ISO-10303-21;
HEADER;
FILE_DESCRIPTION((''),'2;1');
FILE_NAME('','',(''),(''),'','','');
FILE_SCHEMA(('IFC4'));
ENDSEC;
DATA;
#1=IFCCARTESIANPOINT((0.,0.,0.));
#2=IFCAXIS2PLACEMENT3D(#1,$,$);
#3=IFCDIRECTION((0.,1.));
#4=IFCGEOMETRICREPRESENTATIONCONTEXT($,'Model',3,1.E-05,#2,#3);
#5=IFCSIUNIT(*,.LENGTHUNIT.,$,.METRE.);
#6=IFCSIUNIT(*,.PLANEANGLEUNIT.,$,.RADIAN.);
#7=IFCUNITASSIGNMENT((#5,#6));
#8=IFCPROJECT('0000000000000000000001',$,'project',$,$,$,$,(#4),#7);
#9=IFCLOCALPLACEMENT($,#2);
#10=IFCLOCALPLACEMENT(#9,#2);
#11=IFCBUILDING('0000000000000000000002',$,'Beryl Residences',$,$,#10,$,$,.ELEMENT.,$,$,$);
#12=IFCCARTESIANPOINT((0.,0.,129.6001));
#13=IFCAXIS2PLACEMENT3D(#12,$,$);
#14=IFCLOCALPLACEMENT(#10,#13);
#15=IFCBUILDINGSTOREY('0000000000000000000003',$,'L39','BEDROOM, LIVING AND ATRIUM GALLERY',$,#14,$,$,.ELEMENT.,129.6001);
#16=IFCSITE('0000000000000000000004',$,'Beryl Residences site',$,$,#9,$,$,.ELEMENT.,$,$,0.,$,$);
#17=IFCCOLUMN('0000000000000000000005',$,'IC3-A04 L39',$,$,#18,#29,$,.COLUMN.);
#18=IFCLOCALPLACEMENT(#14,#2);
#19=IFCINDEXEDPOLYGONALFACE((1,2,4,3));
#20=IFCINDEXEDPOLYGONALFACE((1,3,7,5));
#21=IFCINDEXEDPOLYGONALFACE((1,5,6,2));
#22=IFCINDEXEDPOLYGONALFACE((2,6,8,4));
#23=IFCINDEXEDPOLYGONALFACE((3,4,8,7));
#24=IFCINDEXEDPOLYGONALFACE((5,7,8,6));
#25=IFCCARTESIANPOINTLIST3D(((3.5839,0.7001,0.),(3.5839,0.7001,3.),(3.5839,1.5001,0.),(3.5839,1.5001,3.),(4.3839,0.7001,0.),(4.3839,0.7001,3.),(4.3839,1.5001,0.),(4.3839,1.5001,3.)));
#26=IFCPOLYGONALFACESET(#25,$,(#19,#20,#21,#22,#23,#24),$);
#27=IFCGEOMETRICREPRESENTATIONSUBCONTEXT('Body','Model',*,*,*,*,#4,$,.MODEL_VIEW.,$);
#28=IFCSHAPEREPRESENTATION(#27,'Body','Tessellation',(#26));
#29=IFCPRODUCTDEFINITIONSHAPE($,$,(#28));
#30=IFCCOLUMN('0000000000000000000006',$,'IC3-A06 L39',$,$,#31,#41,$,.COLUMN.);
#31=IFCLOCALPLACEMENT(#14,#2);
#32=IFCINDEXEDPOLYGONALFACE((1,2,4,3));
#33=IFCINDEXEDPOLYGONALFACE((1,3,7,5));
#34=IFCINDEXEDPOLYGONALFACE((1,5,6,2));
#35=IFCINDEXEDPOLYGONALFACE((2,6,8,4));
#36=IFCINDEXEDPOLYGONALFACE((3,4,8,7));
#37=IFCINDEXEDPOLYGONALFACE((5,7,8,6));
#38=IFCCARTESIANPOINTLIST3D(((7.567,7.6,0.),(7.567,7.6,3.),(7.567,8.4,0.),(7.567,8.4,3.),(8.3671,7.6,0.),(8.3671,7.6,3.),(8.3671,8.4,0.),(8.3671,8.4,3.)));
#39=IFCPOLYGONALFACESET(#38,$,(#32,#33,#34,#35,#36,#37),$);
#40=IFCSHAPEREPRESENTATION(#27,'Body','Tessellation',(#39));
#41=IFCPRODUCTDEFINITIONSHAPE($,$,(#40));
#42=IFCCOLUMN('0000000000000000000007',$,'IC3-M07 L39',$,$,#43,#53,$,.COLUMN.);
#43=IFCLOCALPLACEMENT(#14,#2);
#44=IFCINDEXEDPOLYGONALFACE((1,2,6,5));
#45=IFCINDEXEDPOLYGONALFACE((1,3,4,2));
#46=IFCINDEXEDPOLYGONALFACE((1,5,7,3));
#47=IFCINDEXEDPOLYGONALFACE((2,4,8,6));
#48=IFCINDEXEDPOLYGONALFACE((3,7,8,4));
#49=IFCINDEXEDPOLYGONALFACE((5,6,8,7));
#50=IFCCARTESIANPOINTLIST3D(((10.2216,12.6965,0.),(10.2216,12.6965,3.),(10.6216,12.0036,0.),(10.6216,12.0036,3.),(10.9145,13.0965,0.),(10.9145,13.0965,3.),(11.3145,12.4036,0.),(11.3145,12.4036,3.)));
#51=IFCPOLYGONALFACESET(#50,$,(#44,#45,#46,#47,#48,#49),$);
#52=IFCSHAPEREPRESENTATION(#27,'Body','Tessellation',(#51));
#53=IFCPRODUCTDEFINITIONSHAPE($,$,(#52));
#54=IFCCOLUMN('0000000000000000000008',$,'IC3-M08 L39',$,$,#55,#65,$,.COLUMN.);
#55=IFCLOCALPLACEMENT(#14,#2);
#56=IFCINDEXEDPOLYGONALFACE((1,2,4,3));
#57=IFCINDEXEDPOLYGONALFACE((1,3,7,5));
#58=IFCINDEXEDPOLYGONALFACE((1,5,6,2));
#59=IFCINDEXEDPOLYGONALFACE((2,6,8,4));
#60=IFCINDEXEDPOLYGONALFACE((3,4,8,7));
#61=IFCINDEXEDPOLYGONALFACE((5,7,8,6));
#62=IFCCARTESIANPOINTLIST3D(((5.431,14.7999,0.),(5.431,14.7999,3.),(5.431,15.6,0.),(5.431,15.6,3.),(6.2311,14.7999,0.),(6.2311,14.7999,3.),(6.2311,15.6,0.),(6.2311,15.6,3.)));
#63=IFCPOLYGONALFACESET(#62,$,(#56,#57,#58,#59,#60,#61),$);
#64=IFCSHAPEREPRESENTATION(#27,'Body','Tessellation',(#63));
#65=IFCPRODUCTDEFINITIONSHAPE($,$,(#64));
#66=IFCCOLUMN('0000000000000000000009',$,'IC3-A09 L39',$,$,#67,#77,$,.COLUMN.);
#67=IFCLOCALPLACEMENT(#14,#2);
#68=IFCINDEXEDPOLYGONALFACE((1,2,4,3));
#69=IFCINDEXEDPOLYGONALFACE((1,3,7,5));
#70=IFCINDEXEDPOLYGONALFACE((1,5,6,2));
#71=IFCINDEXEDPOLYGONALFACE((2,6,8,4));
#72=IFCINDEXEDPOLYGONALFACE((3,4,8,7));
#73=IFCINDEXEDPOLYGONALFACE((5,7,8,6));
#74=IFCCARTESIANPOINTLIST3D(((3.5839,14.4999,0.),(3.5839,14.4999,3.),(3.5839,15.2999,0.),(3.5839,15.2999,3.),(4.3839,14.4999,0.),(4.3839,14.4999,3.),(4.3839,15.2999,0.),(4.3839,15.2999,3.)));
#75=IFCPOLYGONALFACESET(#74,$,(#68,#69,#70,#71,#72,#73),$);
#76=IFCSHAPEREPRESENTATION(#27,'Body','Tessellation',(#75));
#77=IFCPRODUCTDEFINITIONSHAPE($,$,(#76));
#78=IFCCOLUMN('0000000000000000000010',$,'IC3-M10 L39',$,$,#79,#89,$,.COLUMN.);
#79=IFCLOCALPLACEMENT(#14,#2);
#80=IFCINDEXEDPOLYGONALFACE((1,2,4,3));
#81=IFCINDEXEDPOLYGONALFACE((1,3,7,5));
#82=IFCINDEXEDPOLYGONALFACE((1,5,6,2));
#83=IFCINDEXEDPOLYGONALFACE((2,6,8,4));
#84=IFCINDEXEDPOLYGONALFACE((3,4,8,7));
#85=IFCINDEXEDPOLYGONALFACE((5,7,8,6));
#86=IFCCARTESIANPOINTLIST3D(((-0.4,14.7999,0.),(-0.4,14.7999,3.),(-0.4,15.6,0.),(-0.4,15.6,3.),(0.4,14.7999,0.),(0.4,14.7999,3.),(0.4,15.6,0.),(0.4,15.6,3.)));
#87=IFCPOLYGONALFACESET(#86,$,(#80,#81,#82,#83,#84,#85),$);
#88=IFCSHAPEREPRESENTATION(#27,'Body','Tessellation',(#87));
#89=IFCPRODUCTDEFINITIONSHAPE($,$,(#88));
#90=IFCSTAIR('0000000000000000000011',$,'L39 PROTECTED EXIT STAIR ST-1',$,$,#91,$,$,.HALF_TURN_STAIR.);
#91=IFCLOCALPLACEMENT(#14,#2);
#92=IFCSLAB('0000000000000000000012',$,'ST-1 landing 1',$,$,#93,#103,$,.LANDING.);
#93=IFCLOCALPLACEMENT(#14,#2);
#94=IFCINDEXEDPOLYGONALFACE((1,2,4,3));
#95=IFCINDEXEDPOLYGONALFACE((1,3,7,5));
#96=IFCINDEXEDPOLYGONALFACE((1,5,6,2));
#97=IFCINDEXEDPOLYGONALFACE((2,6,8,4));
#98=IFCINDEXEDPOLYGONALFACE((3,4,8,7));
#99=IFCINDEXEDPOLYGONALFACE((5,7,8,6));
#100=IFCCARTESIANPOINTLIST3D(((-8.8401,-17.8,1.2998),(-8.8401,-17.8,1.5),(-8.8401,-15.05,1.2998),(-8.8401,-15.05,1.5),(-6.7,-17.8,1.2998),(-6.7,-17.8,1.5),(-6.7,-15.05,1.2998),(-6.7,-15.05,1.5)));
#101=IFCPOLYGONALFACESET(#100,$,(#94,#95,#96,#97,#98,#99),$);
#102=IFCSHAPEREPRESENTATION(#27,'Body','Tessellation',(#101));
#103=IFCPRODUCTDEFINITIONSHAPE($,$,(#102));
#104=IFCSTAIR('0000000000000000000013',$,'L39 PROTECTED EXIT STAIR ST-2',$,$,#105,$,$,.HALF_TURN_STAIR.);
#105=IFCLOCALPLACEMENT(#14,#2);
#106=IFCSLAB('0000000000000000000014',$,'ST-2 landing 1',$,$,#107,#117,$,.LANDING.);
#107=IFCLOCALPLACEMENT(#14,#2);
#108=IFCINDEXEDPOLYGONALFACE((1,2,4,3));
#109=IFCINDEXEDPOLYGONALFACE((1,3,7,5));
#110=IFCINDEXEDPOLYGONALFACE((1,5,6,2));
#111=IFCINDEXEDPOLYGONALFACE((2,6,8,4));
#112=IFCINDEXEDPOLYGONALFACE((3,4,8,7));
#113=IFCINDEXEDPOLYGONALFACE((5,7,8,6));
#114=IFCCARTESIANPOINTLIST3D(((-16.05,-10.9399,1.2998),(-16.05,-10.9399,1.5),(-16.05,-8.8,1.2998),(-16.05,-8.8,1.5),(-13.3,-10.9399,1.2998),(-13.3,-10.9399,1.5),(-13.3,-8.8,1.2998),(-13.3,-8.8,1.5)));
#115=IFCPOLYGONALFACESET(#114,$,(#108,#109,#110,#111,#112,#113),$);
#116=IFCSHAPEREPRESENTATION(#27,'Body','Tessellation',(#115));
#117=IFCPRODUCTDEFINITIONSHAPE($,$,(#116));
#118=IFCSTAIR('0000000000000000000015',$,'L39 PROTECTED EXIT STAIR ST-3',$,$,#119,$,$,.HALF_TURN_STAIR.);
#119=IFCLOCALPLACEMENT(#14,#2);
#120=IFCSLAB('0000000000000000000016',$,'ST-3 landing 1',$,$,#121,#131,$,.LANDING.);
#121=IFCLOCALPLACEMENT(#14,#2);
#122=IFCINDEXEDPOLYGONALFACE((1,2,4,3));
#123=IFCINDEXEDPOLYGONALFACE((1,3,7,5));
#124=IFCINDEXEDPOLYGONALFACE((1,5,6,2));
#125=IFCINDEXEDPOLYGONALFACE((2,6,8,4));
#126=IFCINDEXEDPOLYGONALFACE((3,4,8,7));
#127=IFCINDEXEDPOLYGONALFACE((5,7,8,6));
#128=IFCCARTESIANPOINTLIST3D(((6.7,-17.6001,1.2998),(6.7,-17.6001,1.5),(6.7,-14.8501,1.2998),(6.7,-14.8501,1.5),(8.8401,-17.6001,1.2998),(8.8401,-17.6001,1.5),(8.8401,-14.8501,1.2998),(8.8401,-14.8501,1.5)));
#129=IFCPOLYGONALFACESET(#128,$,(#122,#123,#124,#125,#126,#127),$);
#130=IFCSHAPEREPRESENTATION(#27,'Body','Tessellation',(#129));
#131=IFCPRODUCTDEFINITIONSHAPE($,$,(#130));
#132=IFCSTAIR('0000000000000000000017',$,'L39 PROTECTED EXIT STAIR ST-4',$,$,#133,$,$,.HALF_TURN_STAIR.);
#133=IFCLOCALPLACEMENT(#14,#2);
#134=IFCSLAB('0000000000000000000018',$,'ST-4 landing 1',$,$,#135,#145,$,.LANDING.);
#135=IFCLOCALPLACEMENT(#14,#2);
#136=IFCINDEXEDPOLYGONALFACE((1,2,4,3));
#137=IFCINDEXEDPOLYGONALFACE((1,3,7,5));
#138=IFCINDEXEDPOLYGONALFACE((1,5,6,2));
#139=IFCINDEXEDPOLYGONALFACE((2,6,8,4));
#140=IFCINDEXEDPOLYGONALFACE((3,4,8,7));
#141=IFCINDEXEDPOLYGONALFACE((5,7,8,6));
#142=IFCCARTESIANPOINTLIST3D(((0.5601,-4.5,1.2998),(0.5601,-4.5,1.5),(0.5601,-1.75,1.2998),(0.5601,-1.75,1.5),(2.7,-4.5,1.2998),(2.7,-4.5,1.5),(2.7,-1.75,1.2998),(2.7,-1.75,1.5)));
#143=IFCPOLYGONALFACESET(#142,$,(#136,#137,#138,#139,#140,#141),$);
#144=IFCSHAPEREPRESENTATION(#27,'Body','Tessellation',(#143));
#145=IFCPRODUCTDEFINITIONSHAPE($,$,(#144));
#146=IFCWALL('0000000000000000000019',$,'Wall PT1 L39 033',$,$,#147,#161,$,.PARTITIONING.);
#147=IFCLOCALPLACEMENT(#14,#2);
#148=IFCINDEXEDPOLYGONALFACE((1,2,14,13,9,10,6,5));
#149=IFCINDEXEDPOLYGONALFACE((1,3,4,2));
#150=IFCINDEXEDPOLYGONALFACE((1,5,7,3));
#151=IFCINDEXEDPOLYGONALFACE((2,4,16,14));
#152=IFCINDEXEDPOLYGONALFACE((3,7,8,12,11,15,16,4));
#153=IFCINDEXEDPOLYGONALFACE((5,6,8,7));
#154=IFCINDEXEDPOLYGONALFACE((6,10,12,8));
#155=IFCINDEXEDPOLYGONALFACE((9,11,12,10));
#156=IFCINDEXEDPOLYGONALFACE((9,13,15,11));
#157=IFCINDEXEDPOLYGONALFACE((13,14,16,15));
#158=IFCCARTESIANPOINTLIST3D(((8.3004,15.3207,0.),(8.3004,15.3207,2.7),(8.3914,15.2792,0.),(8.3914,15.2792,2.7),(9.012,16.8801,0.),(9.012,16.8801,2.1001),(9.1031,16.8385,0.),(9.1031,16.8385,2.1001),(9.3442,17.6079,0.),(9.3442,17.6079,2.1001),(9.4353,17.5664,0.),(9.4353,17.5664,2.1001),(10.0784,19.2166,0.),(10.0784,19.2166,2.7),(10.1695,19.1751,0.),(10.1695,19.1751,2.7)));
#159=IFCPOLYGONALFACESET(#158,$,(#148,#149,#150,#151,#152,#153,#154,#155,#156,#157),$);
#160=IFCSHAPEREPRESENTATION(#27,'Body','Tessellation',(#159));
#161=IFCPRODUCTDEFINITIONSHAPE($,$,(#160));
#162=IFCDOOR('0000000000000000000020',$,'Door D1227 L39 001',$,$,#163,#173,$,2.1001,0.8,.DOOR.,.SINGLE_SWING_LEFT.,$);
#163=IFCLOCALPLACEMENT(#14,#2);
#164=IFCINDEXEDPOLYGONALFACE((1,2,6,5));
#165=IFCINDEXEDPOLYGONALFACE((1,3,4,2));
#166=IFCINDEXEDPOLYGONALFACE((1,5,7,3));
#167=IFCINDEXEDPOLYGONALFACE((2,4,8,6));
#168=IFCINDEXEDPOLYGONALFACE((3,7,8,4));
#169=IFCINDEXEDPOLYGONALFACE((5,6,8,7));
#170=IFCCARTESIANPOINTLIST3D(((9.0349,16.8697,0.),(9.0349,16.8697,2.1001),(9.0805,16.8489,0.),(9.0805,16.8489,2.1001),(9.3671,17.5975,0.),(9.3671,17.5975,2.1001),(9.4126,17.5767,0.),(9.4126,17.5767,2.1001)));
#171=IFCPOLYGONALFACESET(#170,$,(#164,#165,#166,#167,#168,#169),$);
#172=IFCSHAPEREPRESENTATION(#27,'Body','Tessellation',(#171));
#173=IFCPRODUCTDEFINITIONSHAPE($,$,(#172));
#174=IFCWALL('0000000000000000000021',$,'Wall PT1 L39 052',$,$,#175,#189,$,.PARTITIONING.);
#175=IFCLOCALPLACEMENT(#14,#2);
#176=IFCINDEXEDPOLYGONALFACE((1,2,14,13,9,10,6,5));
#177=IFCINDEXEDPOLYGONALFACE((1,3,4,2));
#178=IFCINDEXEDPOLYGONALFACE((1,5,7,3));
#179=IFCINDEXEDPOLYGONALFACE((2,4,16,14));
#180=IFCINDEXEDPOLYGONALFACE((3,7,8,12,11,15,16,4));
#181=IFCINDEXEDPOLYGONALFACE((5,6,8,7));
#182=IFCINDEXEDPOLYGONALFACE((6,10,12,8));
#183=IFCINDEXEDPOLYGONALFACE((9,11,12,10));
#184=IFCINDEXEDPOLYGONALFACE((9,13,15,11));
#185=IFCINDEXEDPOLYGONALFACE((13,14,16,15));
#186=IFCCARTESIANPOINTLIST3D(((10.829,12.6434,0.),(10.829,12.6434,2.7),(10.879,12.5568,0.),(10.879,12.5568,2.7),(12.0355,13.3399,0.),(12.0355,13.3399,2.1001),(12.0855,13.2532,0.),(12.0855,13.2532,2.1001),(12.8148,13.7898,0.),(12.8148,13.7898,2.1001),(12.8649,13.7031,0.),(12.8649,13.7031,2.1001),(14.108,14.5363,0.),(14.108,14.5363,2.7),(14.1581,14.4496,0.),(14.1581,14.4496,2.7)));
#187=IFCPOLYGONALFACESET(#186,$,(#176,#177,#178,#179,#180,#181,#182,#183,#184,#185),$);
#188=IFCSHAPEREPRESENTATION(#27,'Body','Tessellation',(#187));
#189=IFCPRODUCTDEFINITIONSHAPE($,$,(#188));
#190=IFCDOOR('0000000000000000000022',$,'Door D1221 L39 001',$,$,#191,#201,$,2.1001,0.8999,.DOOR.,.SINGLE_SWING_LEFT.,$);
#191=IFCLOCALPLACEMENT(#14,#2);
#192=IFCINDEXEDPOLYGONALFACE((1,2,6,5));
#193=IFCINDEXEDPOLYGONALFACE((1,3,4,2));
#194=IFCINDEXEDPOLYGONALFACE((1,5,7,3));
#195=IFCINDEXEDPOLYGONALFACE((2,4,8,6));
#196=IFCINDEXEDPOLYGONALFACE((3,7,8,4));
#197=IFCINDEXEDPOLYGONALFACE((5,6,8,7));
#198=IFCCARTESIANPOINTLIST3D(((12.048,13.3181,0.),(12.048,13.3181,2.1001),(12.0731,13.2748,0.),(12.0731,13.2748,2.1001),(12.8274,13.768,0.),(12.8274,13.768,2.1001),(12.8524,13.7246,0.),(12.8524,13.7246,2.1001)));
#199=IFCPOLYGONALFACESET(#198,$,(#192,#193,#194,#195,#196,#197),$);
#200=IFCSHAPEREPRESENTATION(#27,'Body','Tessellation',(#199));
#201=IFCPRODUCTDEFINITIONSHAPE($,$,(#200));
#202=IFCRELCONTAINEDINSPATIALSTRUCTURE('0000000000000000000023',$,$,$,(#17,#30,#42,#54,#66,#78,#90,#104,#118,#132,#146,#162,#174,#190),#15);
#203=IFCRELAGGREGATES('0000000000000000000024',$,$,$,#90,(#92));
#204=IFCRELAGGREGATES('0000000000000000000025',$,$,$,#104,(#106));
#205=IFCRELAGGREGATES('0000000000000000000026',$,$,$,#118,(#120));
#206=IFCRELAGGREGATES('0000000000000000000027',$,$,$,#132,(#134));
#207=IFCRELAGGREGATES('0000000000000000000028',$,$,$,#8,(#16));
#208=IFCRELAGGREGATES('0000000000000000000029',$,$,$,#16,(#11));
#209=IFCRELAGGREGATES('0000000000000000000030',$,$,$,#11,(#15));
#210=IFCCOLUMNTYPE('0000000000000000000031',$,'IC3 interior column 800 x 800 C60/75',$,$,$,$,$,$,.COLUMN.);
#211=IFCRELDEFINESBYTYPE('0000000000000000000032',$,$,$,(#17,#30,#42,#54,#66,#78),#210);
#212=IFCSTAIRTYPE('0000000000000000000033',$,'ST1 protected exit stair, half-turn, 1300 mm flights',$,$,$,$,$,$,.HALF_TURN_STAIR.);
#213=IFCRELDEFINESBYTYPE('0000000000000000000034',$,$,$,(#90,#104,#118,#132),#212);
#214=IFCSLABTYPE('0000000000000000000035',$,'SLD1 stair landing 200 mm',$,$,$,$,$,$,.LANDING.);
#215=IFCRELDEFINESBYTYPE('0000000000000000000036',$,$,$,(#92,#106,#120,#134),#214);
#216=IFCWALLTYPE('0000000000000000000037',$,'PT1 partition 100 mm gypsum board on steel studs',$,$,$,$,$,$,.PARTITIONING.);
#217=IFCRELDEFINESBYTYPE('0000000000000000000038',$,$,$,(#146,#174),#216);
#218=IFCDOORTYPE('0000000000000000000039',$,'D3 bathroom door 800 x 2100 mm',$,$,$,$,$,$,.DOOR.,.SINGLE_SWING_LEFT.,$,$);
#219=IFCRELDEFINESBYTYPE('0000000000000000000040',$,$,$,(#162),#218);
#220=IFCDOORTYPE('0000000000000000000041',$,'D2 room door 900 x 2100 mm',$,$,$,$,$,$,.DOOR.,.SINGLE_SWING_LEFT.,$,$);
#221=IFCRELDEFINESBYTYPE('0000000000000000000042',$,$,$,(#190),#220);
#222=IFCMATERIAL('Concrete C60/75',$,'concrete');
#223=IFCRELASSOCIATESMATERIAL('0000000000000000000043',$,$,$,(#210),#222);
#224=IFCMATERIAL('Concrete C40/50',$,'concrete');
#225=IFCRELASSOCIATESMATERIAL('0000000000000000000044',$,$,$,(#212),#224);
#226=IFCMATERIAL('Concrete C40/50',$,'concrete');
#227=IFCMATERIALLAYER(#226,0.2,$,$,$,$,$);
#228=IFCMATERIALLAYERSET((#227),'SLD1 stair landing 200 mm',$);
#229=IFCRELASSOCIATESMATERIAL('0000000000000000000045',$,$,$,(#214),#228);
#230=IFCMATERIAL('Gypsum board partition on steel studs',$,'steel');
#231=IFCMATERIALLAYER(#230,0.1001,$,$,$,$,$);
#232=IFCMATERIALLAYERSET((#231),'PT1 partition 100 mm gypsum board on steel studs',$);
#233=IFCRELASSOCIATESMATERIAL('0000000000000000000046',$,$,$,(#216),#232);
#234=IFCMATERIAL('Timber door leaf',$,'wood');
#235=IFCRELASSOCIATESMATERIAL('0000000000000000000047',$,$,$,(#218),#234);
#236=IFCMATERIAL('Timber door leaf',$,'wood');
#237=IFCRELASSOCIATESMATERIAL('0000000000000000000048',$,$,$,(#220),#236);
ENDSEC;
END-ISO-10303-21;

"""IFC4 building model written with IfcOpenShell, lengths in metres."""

from ifc_helpers import new_model, si_unit, direction, frame, frame_2d, origin, origin_2d, place, context, subcontext, project, spatial, polyline, rectangle, outline, extrude, material, layer, layer_set, material_profile, profile_set, type_object, element, fill, aggregate, save


model = new_model("IFC4")

# Units and contexts
model_context = context("Model", 3, precision=1e-05, world=origin(), true_north=direction((0.0, 1.0)))
body_context = subcontext(model_context, "Body", "Model", "MODEL_VIEW")
ifc_project = project(units=[si_unit("LENGTHUNIT", "METRE"), si_unit("PLANEANGLEUNIT", "RADIAN")], contexts=[model_context])

# Site, building, storey
site_placement = place(None, origin())
site = spatial("IfcSite", under=ifc_project, at=site_placement, Name="Beryl Residences site", CompositionType="ELEMENT", RefElevation=0.0)
building_placement = place(site_placement, origin())
building = spatial("IfcBuilding", under=site, at=building_placement, Name="Beryl Residences", CompositionType="ELEMENT")
storey_placement = place(building_placement, frame((0.0, 0.0, 129.6001)))
storey = spatial("IfcBuildingStorey", under=building, at=storey_placement, Name="L39", Description="BEDROOM, LIVING AND ATRIUM GALLERY", CompositionType="ELEMENT", Elevation=129.6001)

# Columns
ifc_material_1 = material(Name="Concrete C60/75", Category="concrete")
ifc_material_profile = material_profile(ifc_material_1, rectangle(XDim=0.8, YDim=0.8, at=origin_2d()))
ifc_profile_set = profile_set([ifc_material_profile], Name="Concrete C60/75")
column_type = type_object("IfcColumnType", Name="IC3 interior column 800 x 800 C60/75", PredefinedType="COLUMN", material=ifc_profile_set)
for number, where, z_axis, x_axis, name in (
    (1, (3.9839, 1.1001, 0.0), (0.0, 0.0, 1.0), (1.0, 0.0, 0.0), "IC3-A04 L39"),
    (2, (7.967, 8.0, 0.0), (0.0, 0.0, 1.0), (1.0, 0.0, 0.0), "IC3-A06 L39"),
    (3, (10.7681, 12.55, 0.0), (0.0, 0.0, 1.0), (-0.5, 0.866025, 0.0), "IC3-M07 L39"),
    (4, (5.8311, 15.2, 0.0), (0.0, 0.0, 1.0), (-1.0, 0.0, 0.0), "IC3-M08 L39"),
    (5, (3.9839, 14.8999, 0.0), (0.0, 0.0, 1.0), (1.0, 0.0, 0.0), "IC3-A09 L39"),
    (6, (0.0, 15.2, 0.0), (0.0, 0.0, 1.0), (-1.0, 0.0, 0.0), "IC3-M10 L39"),
):
    element("IfcColumn", number, at=place(storey_placement, frame(where, z_axis=z_axis, x_axis=x_axis)), inside=storey, type_object=column_type, Name=name, PredefinedType="COLUMN", context=body_context, shape_type="SweptSolid", body=[
        extrude(rectangle(XDim=0.8, YDim=0.8, at=origin_2d()), origin(), (0.0, 0.0, 1.0), 3.0),
    ])

# Stairs, slabs
ifc_material_2 = material(Name="Concrete C40/50", Category="concrete")
stair_type = type_object("IfcStairType", Name="ST1 protected exit stair, half-turn, 1300 mm flights", PredefinedType="HALF_TURN_STAIR", material=ifc_material_2)
stair_1_placement = place(storey_placement, origin())
stair_1 = element("IfcStair", 7, at=stair_1_placement, inside=storey, type_object=stair_type, Name="L39 PROTECTED EXIT STAIR ST-1", PredefinedType="HALF_TURN_STAIR")
ifc_material_3 = material(Name="Concrete C40/50", Category="concrete")
ifc_layer_1 = layer(ifc_material_3, 0.2)
ifc_layer_set_1 = layer_set([ifc_layer_1], Name="SLD1 stair landing 200 mm")
slab_type_1 = type_object("IfcSlabType", Name="SLD1 stair landing 200 mm", PredefinedType="LANDING", material=ifc_layer_set_1)
slab_1_placement = place(storey_placement, frame((0.0, 0.0, 1.2998)))
slab_1 = element("IfcSlab", 8, at=slab_1_placement, type_object=slab_type_1, Name="ST-1 landing 1", PredefinedType="LANDING", context=body_context, shape_type="SweptSolid", body=[
    extrude(outline(polyline([(-8.8401, -17.8), (-6.7, -17.8), (-6.7, -15.05), (-8.8401, -15.05), (-8.8401, -17.8)])), origin(), (0.0, 0.0, 1.0), 0.2002),
])
aggregate(stair_1, [slab_1])
stair_2_placement = place(storey_placement, origin())
stair_2 = element("IfcStair", 9, at=stair_2_placement, inside=storey, type_object=stair_type, Name="L39 PROTECTED EXIT STAIR ST-2", PredefinedType="HALF_TURN_STAIR")
slab_2_placement = place(storey_placement, frame((0.0, 0.0, 1.2998)))
slab_2 = element("IfcSlab", 10, at=slab_2_placement, type_object=slab_type_1, Name="ST-2 landing 1", PredefinedType="LANDING", context=body_context, shape_type="SweptSolid", body=[
    extrude(outline(polyline([(-13.3, -10.9399), (-13.3, -8.8), (-16.05, -8.8), (-16.05, -10.9399), (-13.3, -10.9399)])), origin(), (0.0, 0.0, 1.0), 0.2002),
])
aggregate(stair_2, [slab_2])
stair_3_placement = place(storey_placement, origin())
stair_3 = element("IfcStair", 11, at=stair_3_placement, inside=storey, type_object=stair_type, Name="L39 PROTECTED EXIT STAIR ST-3", PredefinedType="HALF_TURN_STAIR")
slab_3_placement = place(storey_placement, frame((0.0, 0.0, 1.2998)))
slab_3 = element("IfcSlab", 12, at=slab_3_placement, type_object=slab_type_1, Name="ST-3 landing 1", PredefinedType="LANDING", context=body_context, shape_type="SweptSolid", body=[
    extrude(outline(polyline([(8.8401, -14.8501), (6.7, -14.8501), (6.7, -17.6001), (8.8401, -17.6001), (8.8401, -14.8501)])), origin(), (0.0, 0.0, 1.0), 0.2002),
])
aggregate(stair_3, [slab_3])
stair_4_placement = place(storey_placement, origin())
stair_4 = element("IfcStair", 13, at=stair_4_placement, inside=storey, type_object=stair_type, Name="L39 PROTECTED EXIT STAIR ST-4", PredefinedType="HALF_TURN_STAIR")
slab_4_placement = place(storey_placement, frame((0.0, 0.0, 1.2998)))
slab_4 = element("IfcSlab", 14, at=slab_4_placement, type_object=slab_type_1, Name="ST-4 landing 1", PredefinedType="LANDING", context=body_context, shape_type="SweptSolid", body=[
    extrude(outline(polyline([(0.5601, -4.5), (2.7, -4.5), (2.7, -1.75), (0.5601, -1.75), (0.5601, -4.5)])), origin(), (0.0, 0.0, 1.0), 0.2002),
])
aggregate(stair_4, [slab_4])

# Walls, openings, doors
ifc_material_4 = material(Name="Gypsum board partition on steel studs", Category="steel")
ifc_layer_2 = layer(ifc_material_4, 0.1001)
ifc_layer_set_2 = layer_set([ifc_layer_2], Name="PT1 partition 100 mm gypsum board on steel studs")
wall_type_1 = type_object("IfcWallType", Name="PT1 partition 100 mm gypsum board on steel studs", PredefinedType="PARTITIONING", material=ifc_layer_set_2)
wall_1_placement = place(storey_placement, frame((8.3459, 15.3, 0.0), z_axis=(0.0, 0.0, 1.0), x_axis=(0.41519, 0.909735, 0.0)))
wall_1 = element("IfcWall", 15, at=wall_1_placement, inside=storey, type_object=wall_type_1, Name="Wall PT1 L39 033", PredefinedType="PARTITIONING", context=body_context, shape_type="SweptSolid", body=[
    extrude(rectangle(XDim=4.2825, YDim=0.1001, at=frame_2d((2.1411, 0.0))), origin(), (0.0, 0.0, 1.0), 2.7),
])
opening_1_placement = place(wall_1_placement, frame((1.7141, 0.0, 0.0)))
opening_1 = element("IfcOpeningElement", 16, at=opening_1_placement, cuts=wall_1, PredefinedType="OPENING", context=body_context, shape_type="SweptSolid", body=[
    extrude(rectangle(XDim=0.8, YDim=2.1001, at=frame_2d((0.3999, 1.05))), frame((0.0, 0.0601, 0.0), z_axis=(0.0, -1.0, 0.0), x_axis=(1.0, 0.0, 0.0)), (0.0, 0.0, 1.0), 0.1201),
])
ifc_material_5 = material(Name="Timber door leaf", Category="wood")
door_type_1 = type_object("IfcDoorType", Name="D3 bathroom door 800 x 2100 mm", OperationType="SINGLE_SWING_LEFT", PredefinedType="DOOR", material=ifc_material_5)
door_1_placement = place(opening_1_placement, origin())
door_1 = element("IfcDoor", 17, at=door_1_placement, inside=storey, type_object=door_type_1, Name="Door D1227 L39 001", OperationType="SINGLE_SWING_LEFT", OverallHeight=2.1001, OverallWidth=0.8, PredefinedType="DOOR", context=body_context, shape_type="SweptSolid", body=[
    extrude(rectangle(XDim=0.8, YDim=2.1001, at=frame_2d((0.3999, 1.05))), frame((0.0, 0.0249, 0.0), z_axis=(0.0, -1.0, 0.0), x_axis=(1.0, 0.0, 0.0)), (0.0, 0.0, 1.0), 0.05),
])
fill(opening_1, door_1)
wall_2_placement = place(storey_placement, frame((10.854, 12.6001, 0.0), z_axis=(0.0, 0.0, 1.0), x_axis=(0.866064, 0.499933, 0.0)))
wall_2 = element("IfcWall", 18, at=wall_2_placement, inside=storey, type_object=wall_type_1, Name="Wall PT1 L39 052", PredefinedType="PARTITIONING", context=body_context, shape_type="SweptSolid", body=[
    extrude(rectangle(XDim=3.7861, YDim=0.1001, at=frame_2d((1.8931, 0.0))), origin(), (0.0, 0.0, 1.0), 2.7),
])
opening_2_placement = place(wall_2_placement, frame((1.3931, 0.0, 0.0)))
opening_2 = element("IfcOpeningElement", 19, at=opening_2_placement, cuts=wall_2, PredefinedType="OPENING", context=body_context, shape_type="SweptSolid", body=[
    extrude(rectangle(XDim=0.8999, YDim=2.1001, at=frame_2d((0.45, 1.05))), frame((0.0, 0.0601, 0.0), z_axis=(0.0, -1.0, 0.0), x_axis=(1.0, 0.0, 0.0)), (0.0, 0.0, 1.0), 0.1201),
])
ifc_material_6 = material(Name="Timber door leaf", Category="wood")
door_type_2 = type_object("IfcDoorType", Name="D2 room door 900 x 2100 mm", OperationType="SINGLE_SWING_LEFT", PredefinedType="DOOR", material=ifc_material_6)
door_2_placement = place(opening_2_placement, origin())
door_2 = element("IfcDoor", 20, at=door_2_placement, inside=storey, type_object=door_type_2, Name="Door D1221 L39 001", OperationType="SINGLE_SWING_LEFT", OverallHeight=2.1001, OverallWidth=0.8999, PredefinedType="DOOR", context=body_context, shape_type="SweptSolid", body=[
    extrude(rectangle(XDim=0.8999, YDim=2.1001, at=frame_2d((0.45, 1.05))), frame((0.0, 0.0249, 0.0), z_axis=(0.0, -1.0, 0.0), x_axis=(1.0, 0.0, 0.0)), (0.0, 0.0, 1.0), 0.05),
])
fill(opening_2, door_2)

save(model, "model.ifc")
